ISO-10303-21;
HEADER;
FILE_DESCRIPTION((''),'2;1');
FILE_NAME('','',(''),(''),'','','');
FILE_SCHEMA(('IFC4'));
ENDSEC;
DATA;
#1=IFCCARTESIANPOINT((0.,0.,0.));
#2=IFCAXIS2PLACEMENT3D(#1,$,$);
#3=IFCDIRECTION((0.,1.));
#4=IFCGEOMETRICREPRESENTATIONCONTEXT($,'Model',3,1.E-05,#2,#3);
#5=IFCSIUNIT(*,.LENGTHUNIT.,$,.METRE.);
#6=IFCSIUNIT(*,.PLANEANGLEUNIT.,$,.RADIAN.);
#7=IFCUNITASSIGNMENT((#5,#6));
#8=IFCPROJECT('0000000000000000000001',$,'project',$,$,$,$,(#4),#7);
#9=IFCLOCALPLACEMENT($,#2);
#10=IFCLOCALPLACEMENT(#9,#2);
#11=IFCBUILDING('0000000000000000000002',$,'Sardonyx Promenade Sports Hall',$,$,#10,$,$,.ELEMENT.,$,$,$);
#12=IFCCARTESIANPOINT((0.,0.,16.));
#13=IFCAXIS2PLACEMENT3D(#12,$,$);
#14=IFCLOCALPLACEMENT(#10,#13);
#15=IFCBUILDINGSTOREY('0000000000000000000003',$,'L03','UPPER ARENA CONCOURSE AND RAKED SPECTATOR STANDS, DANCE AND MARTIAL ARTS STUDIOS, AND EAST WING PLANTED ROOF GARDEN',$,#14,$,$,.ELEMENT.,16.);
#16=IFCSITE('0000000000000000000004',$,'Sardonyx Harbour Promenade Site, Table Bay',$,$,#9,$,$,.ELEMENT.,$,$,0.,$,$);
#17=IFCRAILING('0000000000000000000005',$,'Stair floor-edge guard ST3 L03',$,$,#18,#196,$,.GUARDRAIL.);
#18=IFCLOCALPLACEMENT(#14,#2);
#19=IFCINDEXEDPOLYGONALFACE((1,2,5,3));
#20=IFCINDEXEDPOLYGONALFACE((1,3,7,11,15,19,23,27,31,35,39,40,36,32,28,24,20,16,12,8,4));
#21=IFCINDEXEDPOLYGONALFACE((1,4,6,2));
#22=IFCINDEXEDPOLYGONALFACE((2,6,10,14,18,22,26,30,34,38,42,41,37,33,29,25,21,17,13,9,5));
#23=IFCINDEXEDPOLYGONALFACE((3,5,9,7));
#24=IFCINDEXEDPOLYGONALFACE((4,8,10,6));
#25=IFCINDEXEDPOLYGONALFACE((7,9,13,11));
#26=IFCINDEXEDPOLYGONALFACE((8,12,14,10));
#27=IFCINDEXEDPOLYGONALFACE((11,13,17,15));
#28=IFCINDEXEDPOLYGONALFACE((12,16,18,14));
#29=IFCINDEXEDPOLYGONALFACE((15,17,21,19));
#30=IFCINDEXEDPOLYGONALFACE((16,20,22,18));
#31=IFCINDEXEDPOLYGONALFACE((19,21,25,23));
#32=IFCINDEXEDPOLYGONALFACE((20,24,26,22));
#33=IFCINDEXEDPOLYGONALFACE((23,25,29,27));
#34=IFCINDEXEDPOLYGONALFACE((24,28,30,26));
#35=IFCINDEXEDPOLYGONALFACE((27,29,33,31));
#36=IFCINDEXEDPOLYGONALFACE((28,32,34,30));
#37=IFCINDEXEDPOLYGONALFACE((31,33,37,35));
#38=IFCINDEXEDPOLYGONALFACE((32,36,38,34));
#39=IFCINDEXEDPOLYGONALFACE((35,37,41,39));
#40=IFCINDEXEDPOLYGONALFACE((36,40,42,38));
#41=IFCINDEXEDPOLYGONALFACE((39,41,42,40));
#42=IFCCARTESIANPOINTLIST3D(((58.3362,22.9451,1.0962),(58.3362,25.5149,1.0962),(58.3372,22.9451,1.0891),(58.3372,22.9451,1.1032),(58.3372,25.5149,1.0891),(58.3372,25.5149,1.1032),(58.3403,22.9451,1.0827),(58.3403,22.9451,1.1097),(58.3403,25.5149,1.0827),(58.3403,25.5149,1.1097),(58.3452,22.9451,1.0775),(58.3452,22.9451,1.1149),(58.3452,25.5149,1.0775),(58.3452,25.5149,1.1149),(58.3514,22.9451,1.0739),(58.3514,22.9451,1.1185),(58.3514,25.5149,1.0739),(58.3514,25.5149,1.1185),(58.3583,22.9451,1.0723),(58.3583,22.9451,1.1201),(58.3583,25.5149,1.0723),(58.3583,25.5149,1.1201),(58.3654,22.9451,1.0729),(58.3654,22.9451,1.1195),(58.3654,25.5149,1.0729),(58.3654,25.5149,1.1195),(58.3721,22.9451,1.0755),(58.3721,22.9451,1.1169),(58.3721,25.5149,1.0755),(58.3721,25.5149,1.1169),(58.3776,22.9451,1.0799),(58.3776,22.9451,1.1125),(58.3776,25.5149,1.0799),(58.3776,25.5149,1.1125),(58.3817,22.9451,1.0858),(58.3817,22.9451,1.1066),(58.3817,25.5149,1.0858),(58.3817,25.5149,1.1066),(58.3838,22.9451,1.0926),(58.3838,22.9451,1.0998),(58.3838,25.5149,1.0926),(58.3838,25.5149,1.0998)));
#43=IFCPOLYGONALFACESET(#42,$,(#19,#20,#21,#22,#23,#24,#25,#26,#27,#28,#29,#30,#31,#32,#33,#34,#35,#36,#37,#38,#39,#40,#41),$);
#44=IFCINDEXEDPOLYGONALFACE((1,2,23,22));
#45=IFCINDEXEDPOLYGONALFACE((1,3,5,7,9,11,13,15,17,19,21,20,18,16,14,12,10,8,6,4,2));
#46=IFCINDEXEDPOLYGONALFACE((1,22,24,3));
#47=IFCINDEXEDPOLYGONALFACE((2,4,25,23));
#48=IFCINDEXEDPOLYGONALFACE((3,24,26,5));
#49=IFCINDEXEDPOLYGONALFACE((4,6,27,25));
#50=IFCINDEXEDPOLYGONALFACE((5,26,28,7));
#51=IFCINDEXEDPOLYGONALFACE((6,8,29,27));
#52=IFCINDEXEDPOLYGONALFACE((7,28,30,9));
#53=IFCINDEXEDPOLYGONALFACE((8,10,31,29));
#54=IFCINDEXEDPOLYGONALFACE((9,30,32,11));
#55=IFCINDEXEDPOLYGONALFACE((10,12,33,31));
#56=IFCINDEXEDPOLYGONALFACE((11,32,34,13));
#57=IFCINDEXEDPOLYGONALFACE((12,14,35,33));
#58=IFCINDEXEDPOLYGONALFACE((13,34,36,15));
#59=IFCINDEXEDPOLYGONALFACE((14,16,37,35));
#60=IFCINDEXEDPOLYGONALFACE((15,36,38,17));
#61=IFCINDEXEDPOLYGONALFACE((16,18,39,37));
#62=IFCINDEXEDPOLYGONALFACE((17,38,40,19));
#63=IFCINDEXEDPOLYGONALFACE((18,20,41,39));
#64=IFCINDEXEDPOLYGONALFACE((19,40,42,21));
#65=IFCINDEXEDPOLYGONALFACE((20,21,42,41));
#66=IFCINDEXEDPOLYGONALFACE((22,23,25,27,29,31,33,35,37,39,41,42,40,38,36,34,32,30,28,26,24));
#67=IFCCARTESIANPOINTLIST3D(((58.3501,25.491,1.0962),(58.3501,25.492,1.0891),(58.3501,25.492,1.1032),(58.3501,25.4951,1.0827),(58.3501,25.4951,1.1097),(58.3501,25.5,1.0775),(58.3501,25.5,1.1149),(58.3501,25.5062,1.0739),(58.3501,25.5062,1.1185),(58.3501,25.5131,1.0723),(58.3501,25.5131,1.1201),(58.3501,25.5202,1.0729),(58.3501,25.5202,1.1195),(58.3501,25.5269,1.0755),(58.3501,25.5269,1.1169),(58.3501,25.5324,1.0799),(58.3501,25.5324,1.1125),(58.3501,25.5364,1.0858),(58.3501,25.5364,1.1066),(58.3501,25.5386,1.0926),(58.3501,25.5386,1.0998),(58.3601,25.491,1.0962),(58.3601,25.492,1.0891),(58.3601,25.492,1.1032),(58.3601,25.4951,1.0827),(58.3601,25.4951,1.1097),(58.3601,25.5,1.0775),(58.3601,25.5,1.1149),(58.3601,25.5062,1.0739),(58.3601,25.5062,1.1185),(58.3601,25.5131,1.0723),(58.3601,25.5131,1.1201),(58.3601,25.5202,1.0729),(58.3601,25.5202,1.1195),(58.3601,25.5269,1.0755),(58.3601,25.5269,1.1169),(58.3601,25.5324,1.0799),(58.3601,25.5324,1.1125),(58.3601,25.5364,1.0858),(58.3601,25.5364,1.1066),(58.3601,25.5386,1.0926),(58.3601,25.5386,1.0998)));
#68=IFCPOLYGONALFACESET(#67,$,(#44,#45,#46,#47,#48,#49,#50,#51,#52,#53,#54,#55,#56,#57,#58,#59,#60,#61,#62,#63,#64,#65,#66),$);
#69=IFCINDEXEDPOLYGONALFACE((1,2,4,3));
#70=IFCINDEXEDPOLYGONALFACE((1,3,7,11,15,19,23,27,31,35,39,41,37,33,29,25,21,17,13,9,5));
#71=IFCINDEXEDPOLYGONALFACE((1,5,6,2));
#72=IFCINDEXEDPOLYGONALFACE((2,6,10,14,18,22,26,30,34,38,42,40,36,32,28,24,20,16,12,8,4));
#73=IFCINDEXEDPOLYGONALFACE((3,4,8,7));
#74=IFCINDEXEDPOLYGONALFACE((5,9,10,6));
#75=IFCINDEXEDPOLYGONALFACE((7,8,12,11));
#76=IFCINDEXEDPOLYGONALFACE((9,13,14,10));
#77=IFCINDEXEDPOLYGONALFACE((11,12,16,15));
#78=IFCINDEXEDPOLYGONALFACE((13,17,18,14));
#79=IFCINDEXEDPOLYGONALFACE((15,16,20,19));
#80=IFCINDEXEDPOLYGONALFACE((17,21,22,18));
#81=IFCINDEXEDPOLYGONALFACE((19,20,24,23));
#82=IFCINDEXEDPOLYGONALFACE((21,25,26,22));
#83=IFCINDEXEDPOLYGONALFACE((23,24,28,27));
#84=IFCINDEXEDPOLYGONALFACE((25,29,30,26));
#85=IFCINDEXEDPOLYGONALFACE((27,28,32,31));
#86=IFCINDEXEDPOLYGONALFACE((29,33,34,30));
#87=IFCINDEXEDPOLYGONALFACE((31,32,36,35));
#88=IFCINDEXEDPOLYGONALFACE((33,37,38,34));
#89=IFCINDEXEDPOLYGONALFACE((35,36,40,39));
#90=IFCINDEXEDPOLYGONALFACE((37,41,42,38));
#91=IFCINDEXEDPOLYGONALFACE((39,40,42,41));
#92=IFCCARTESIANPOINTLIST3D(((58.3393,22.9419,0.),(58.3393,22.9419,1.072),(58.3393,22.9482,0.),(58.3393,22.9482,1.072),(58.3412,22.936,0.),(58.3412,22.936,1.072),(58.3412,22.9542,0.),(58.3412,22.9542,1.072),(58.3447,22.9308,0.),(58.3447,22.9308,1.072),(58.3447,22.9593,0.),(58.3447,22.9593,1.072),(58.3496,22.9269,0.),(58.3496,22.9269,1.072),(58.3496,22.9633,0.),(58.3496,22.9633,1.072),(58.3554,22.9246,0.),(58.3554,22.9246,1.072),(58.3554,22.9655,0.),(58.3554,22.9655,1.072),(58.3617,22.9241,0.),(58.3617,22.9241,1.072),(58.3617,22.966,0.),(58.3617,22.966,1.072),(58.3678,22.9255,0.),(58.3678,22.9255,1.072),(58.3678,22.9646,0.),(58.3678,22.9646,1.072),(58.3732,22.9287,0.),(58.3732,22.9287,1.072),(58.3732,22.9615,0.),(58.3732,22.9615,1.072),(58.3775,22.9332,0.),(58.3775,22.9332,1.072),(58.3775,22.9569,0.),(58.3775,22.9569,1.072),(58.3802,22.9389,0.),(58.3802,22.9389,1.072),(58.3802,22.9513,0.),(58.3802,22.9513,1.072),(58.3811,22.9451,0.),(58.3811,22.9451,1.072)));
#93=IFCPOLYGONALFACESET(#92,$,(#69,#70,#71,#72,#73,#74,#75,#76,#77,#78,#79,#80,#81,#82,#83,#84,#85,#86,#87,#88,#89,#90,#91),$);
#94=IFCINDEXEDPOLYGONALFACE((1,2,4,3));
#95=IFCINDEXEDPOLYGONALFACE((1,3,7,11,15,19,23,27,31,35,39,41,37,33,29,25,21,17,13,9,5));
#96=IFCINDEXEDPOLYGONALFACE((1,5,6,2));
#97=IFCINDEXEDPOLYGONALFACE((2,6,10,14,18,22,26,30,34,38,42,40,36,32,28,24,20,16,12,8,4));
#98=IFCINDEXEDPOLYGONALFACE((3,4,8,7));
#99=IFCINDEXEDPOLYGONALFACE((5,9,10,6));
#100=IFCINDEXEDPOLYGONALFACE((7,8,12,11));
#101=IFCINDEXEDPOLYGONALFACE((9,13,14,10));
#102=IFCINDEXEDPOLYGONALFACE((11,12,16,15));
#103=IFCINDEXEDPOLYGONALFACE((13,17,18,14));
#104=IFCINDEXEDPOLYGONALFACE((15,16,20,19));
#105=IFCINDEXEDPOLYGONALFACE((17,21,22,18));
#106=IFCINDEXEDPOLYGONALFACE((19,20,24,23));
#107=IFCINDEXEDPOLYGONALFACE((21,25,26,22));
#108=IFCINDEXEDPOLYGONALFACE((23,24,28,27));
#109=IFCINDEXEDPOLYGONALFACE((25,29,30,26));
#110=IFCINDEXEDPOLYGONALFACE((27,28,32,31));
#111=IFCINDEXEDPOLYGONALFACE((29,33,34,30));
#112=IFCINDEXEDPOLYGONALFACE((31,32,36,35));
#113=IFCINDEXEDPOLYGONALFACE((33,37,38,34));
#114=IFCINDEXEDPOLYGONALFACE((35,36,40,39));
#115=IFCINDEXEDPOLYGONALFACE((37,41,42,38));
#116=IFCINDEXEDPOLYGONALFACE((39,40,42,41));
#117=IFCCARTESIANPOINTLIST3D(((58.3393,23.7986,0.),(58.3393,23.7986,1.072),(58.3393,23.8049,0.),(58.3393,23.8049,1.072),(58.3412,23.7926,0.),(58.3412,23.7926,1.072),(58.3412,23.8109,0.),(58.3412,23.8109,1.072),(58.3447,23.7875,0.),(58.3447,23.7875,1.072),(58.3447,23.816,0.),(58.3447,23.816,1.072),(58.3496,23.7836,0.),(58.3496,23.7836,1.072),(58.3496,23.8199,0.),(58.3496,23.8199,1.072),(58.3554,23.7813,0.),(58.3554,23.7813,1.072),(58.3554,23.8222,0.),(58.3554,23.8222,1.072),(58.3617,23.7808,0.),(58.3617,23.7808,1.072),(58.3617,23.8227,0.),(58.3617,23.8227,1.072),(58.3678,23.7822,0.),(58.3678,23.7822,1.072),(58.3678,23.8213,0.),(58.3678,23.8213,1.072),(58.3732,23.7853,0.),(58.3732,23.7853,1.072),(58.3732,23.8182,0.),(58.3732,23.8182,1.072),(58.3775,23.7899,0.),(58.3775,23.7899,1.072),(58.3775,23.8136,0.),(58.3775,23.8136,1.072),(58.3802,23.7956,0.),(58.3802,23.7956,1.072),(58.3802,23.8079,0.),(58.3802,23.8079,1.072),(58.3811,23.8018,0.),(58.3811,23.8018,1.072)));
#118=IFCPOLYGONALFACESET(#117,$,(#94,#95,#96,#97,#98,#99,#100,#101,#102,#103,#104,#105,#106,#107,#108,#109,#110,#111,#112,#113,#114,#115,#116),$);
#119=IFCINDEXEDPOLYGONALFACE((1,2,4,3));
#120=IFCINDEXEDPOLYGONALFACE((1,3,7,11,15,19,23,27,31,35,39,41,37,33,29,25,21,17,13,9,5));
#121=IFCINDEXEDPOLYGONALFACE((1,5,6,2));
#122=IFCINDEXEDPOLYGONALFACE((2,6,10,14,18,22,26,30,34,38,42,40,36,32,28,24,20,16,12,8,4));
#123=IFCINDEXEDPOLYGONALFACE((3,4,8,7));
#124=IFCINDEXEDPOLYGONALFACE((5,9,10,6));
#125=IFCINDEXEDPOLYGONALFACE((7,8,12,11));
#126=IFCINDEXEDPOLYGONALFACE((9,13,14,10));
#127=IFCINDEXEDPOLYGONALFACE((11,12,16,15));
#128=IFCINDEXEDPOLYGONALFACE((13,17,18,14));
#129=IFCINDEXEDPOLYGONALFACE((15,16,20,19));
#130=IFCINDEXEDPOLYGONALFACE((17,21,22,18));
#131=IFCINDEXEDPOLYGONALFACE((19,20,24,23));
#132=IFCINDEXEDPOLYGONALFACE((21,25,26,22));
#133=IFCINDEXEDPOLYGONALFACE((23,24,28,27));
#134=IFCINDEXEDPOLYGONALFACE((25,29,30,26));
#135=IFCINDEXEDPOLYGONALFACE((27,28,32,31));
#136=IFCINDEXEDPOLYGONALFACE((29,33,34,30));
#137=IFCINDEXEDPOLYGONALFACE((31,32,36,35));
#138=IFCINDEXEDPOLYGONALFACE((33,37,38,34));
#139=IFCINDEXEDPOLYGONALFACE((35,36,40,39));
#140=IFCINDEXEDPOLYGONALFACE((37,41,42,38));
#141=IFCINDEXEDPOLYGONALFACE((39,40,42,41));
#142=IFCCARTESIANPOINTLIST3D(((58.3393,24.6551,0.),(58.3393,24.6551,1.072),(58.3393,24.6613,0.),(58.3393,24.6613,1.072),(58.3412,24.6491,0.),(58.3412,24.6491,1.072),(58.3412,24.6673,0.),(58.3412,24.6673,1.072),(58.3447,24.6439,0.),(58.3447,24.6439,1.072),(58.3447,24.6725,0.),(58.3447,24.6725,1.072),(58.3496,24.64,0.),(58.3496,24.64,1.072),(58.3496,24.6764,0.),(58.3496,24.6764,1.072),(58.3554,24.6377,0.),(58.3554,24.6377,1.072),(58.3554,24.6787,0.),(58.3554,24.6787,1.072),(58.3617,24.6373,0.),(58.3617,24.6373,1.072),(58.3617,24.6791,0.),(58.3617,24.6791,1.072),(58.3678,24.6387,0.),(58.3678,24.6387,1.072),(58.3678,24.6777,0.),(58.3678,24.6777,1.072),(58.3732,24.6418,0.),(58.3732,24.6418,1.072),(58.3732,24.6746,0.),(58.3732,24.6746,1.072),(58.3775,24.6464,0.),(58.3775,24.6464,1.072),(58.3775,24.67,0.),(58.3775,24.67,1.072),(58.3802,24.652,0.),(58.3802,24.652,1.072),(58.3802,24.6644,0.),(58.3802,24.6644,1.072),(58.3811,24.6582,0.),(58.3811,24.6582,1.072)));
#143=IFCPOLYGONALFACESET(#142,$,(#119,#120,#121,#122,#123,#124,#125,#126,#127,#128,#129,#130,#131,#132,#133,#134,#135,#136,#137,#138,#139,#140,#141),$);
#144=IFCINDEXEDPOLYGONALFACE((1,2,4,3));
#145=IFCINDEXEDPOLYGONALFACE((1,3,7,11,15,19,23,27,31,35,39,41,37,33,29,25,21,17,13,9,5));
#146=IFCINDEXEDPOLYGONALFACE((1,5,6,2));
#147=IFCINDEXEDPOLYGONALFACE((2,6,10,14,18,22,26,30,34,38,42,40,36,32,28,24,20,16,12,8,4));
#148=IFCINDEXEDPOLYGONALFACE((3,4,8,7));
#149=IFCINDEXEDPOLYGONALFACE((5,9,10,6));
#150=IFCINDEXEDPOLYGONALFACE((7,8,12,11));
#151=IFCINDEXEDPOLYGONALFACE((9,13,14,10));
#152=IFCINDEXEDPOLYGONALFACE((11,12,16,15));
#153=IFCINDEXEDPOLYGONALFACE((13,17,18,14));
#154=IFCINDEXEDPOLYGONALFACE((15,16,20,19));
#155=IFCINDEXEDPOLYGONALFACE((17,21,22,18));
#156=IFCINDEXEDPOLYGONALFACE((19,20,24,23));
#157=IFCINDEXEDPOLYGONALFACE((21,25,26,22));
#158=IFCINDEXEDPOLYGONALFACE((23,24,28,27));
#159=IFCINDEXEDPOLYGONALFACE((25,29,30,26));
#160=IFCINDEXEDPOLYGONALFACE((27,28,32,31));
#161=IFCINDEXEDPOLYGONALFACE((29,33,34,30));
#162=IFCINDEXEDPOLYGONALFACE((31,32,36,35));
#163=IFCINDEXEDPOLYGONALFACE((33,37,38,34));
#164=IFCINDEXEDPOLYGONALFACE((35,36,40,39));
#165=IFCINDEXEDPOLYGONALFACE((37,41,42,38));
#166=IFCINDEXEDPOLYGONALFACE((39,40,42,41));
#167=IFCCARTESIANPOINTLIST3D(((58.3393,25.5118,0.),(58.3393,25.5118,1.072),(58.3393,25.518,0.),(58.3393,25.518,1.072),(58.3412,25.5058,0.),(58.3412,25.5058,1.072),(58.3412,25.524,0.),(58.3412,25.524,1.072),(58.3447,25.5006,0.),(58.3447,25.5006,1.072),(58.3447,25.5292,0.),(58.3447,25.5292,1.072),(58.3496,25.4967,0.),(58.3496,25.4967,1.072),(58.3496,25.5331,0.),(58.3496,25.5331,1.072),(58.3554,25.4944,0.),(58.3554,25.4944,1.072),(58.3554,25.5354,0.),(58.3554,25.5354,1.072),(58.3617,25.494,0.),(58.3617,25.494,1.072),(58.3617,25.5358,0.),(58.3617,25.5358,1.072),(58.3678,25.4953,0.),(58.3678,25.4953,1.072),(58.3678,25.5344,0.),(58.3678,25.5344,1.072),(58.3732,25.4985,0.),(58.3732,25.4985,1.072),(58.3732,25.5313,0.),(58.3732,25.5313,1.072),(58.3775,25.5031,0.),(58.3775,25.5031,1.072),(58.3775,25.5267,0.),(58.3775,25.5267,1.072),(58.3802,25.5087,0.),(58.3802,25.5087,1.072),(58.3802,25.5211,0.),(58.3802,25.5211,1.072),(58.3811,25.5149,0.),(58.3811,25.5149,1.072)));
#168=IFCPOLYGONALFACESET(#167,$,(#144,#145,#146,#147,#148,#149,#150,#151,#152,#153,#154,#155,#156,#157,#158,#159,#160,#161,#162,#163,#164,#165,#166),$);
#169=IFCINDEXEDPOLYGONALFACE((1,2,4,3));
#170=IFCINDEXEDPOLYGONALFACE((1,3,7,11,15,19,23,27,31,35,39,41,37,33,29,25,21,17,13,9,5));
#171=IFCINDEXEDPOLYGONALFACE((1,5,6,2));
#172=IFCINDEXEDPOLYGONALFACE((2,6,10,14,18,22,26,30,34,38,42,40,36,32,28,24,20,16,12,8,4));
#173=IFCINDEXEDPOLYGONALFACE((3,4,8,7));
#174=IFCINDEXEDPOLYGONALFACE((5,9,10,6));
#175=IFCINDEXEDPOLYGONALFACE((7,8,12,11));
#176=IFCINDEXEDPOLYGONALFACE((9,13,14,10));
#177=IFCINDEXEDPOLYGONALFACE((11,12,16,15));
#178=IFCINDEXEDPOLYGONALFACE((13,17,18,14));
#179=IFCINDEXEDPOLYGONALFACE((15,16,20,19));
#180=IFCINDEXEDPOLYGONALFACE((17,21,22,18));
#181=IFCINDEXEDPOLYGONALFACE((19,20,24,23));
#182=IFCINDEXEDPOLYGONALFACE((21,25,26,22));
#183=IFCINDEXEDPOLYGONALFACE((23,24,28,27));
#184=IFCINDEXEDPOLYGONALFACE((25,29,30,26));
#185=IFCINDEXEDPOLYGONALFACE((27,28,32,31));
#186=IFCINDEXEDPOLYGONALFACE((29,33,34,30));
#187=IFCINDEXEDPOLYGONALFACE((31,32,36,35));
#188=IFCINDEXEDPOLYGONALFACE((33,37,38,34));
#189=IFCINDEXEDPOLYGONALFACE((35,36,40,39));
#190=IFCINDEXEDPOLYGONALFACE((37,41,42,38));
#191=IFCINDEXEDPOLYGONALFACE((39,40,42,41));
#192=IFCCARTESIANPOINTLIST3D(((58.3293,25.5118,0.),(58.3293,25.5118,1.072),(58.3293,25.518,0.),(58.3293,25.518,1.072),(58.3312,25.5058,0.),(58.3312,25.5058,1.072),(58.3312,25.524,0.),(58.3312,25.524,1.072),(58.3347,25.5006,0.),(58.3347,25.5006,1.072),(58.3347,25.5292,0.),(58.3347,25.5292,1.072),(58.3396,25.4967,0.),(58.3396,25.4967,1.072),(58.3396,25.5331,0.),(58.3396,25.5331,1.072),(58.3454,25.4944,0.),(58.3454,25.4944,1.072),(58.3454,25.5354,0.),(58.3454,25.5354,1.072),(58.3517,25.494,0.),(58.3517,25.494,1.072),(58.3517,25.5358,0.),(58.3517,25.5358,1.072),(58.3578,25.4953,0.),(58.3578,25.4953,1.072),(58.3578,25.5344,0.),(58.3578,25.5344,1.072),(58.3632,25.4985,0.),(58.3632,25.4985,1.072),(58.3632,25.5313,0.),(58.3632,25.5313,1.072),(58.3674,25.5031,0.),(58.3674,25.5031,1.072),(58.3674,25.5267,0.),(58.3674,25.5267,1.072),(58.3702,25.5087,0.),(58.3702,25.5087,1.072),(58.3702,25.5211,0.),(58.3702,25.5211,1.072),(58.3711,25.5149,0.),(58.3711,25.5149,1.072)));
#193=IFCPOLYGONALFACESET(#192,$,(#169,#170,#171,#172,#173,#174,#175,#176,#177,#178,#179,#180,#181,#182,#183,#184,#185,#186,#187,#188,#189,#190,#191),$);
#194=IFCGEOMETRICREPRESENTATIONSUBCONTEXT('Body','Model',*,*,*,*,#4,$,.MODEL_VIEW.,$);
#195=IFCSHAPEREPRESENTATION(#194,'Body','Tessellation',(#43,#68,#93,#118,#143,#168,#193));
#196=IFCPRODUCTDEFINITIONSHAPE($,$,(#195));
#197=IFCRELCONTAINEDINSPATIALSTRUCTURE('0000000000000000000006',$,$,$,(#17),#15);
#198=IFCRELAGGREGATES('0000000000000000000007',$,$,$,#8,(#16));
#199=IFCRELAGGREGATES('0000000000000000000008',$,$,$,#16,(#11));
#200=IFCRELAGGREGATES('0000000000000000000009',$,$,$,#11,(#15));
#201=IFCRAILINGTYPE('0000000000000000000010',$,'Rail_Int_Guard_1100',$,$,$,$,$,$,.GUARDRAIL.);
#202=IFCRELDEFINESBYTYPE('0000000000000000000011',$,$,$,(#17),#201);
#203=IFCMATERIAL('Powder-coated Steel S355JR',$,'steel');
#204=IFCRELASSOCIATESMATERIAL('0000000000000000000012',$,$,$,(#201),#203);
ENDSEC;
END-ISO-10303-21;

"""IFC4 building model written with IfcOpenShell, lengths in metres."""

from ifc_helpers import new_model, si_unit, direction, frame, origin, origin_2d, place, context, subcontext, project, spatial, circle, extrude, material, type_object, element, save


model = new_model("IFC4")

# Units and contexts
model_context = context("Model", 3, precision=1e-05, world=origin(), true_north=direction((0.0, 1.0)))
body_context = subcontext(model_context, "Body", "Model", "MODEL_VIEW")
ifc_project = project(units=[si_unit("LENGTHUNIT", "METRE"), si_unit("PLANEANGLEUNIT", "RADIAN")], contexts=[model_context])

# Site, building, storey
site_placement = place(None, origin())
site = spatial("IfcSite", under=ifc_project, at=site_placement, Name="Sardonyx Harbour Promenade Site, Table Bay", CompositionType="ELEMENT", RefElevation=0.0)
building_placement = place(site_placement, origin())
building = spatial("IfcBuilding", under=site, at=building_placement, Name="Sardonyx Promenade Sports Hall", CompositionType="ELEMENT")
storey_placement = place(building_placement, frame((0.0, 0.0, 16.0)))
storey = spatial("IfcBuildingStorey", under=building, at=storey_placement, Name="L03", Description="UPPER ARENA CONCOURSE AND RAKED SPECTATOR STANDS, DANCE AND MARTIAL ARTS STUDIOS, AND EAST WING PLANTED ROOF GARDEN", CompositionType="ELEMENT", Elevation=16.0)

# Railing
ifc_material_1 = material(Name="Powder-coated Steel S355JR", Category="steel")
railing_type_1 = type_object("IfcRailingType", Name="Rail_Int_Guard_1100", PredefinedType="GUARDRAIL", material=ifc_material_1)
railing_1_placement = place(storey_placement, frame((58.3601, 22.9451, 0.0)))
element("IfcRailing", 1, at=railing_1_placement, inside=storey, type_object=railing_type_1, Name="Stair floor-edge guard ST3 L03", PredefinedType="GUARDRAIL", context=body_context, shape_type="SweptSolid", body=[
    extrude(circle(Radius=0.0239, at=origin_2d()), frame((0.0, 0.0, 1.0962), z_axis=(0.0, 1.0, 0.0), x_axis=(-1.0, 0.0, 0.0)), (0.0, 0.0, 1.0), 2.5698),
    extrude(circle(Radius=0.0239, at=origin_2d()), frame((0.0, 2.5698, 1.0962), z_axis=(-1.0, 0.0, 0.0), x_axis=(0.0, -1.0, 0.0)), (0.0, 0.0, 1.0), 0.01),
    extrude(circle(Radius=0.021, at=origin_2d()), origin(), (0.0, 0.0, 1.0), 1.072),
    extrude(circle(Radius=0.021, at=origin_2d()), frame((0.0, 0.8567, 0.0)), (0.0, 0.0, 1.0), 1.072),
    extrude(circle(Radius=0.021, at=origin_2d()), frame((0.0, 1.7131, 0.0)), (0.0, 0.0, 1.0), 1.072),
    extrude(circle(Radius=0.021, at=origin_2d()), frame((0.0, 2.5698, 0.0)), (0.0, 0.0, 1.0), 1.072),
    extrude(circle(Radius=0.021, at=origin_2d()), frame((-0.01, 2.5698, 0.0)), (0.0, 0.0, 1.0), 1.072),
])

save(model, "model.ifc")
